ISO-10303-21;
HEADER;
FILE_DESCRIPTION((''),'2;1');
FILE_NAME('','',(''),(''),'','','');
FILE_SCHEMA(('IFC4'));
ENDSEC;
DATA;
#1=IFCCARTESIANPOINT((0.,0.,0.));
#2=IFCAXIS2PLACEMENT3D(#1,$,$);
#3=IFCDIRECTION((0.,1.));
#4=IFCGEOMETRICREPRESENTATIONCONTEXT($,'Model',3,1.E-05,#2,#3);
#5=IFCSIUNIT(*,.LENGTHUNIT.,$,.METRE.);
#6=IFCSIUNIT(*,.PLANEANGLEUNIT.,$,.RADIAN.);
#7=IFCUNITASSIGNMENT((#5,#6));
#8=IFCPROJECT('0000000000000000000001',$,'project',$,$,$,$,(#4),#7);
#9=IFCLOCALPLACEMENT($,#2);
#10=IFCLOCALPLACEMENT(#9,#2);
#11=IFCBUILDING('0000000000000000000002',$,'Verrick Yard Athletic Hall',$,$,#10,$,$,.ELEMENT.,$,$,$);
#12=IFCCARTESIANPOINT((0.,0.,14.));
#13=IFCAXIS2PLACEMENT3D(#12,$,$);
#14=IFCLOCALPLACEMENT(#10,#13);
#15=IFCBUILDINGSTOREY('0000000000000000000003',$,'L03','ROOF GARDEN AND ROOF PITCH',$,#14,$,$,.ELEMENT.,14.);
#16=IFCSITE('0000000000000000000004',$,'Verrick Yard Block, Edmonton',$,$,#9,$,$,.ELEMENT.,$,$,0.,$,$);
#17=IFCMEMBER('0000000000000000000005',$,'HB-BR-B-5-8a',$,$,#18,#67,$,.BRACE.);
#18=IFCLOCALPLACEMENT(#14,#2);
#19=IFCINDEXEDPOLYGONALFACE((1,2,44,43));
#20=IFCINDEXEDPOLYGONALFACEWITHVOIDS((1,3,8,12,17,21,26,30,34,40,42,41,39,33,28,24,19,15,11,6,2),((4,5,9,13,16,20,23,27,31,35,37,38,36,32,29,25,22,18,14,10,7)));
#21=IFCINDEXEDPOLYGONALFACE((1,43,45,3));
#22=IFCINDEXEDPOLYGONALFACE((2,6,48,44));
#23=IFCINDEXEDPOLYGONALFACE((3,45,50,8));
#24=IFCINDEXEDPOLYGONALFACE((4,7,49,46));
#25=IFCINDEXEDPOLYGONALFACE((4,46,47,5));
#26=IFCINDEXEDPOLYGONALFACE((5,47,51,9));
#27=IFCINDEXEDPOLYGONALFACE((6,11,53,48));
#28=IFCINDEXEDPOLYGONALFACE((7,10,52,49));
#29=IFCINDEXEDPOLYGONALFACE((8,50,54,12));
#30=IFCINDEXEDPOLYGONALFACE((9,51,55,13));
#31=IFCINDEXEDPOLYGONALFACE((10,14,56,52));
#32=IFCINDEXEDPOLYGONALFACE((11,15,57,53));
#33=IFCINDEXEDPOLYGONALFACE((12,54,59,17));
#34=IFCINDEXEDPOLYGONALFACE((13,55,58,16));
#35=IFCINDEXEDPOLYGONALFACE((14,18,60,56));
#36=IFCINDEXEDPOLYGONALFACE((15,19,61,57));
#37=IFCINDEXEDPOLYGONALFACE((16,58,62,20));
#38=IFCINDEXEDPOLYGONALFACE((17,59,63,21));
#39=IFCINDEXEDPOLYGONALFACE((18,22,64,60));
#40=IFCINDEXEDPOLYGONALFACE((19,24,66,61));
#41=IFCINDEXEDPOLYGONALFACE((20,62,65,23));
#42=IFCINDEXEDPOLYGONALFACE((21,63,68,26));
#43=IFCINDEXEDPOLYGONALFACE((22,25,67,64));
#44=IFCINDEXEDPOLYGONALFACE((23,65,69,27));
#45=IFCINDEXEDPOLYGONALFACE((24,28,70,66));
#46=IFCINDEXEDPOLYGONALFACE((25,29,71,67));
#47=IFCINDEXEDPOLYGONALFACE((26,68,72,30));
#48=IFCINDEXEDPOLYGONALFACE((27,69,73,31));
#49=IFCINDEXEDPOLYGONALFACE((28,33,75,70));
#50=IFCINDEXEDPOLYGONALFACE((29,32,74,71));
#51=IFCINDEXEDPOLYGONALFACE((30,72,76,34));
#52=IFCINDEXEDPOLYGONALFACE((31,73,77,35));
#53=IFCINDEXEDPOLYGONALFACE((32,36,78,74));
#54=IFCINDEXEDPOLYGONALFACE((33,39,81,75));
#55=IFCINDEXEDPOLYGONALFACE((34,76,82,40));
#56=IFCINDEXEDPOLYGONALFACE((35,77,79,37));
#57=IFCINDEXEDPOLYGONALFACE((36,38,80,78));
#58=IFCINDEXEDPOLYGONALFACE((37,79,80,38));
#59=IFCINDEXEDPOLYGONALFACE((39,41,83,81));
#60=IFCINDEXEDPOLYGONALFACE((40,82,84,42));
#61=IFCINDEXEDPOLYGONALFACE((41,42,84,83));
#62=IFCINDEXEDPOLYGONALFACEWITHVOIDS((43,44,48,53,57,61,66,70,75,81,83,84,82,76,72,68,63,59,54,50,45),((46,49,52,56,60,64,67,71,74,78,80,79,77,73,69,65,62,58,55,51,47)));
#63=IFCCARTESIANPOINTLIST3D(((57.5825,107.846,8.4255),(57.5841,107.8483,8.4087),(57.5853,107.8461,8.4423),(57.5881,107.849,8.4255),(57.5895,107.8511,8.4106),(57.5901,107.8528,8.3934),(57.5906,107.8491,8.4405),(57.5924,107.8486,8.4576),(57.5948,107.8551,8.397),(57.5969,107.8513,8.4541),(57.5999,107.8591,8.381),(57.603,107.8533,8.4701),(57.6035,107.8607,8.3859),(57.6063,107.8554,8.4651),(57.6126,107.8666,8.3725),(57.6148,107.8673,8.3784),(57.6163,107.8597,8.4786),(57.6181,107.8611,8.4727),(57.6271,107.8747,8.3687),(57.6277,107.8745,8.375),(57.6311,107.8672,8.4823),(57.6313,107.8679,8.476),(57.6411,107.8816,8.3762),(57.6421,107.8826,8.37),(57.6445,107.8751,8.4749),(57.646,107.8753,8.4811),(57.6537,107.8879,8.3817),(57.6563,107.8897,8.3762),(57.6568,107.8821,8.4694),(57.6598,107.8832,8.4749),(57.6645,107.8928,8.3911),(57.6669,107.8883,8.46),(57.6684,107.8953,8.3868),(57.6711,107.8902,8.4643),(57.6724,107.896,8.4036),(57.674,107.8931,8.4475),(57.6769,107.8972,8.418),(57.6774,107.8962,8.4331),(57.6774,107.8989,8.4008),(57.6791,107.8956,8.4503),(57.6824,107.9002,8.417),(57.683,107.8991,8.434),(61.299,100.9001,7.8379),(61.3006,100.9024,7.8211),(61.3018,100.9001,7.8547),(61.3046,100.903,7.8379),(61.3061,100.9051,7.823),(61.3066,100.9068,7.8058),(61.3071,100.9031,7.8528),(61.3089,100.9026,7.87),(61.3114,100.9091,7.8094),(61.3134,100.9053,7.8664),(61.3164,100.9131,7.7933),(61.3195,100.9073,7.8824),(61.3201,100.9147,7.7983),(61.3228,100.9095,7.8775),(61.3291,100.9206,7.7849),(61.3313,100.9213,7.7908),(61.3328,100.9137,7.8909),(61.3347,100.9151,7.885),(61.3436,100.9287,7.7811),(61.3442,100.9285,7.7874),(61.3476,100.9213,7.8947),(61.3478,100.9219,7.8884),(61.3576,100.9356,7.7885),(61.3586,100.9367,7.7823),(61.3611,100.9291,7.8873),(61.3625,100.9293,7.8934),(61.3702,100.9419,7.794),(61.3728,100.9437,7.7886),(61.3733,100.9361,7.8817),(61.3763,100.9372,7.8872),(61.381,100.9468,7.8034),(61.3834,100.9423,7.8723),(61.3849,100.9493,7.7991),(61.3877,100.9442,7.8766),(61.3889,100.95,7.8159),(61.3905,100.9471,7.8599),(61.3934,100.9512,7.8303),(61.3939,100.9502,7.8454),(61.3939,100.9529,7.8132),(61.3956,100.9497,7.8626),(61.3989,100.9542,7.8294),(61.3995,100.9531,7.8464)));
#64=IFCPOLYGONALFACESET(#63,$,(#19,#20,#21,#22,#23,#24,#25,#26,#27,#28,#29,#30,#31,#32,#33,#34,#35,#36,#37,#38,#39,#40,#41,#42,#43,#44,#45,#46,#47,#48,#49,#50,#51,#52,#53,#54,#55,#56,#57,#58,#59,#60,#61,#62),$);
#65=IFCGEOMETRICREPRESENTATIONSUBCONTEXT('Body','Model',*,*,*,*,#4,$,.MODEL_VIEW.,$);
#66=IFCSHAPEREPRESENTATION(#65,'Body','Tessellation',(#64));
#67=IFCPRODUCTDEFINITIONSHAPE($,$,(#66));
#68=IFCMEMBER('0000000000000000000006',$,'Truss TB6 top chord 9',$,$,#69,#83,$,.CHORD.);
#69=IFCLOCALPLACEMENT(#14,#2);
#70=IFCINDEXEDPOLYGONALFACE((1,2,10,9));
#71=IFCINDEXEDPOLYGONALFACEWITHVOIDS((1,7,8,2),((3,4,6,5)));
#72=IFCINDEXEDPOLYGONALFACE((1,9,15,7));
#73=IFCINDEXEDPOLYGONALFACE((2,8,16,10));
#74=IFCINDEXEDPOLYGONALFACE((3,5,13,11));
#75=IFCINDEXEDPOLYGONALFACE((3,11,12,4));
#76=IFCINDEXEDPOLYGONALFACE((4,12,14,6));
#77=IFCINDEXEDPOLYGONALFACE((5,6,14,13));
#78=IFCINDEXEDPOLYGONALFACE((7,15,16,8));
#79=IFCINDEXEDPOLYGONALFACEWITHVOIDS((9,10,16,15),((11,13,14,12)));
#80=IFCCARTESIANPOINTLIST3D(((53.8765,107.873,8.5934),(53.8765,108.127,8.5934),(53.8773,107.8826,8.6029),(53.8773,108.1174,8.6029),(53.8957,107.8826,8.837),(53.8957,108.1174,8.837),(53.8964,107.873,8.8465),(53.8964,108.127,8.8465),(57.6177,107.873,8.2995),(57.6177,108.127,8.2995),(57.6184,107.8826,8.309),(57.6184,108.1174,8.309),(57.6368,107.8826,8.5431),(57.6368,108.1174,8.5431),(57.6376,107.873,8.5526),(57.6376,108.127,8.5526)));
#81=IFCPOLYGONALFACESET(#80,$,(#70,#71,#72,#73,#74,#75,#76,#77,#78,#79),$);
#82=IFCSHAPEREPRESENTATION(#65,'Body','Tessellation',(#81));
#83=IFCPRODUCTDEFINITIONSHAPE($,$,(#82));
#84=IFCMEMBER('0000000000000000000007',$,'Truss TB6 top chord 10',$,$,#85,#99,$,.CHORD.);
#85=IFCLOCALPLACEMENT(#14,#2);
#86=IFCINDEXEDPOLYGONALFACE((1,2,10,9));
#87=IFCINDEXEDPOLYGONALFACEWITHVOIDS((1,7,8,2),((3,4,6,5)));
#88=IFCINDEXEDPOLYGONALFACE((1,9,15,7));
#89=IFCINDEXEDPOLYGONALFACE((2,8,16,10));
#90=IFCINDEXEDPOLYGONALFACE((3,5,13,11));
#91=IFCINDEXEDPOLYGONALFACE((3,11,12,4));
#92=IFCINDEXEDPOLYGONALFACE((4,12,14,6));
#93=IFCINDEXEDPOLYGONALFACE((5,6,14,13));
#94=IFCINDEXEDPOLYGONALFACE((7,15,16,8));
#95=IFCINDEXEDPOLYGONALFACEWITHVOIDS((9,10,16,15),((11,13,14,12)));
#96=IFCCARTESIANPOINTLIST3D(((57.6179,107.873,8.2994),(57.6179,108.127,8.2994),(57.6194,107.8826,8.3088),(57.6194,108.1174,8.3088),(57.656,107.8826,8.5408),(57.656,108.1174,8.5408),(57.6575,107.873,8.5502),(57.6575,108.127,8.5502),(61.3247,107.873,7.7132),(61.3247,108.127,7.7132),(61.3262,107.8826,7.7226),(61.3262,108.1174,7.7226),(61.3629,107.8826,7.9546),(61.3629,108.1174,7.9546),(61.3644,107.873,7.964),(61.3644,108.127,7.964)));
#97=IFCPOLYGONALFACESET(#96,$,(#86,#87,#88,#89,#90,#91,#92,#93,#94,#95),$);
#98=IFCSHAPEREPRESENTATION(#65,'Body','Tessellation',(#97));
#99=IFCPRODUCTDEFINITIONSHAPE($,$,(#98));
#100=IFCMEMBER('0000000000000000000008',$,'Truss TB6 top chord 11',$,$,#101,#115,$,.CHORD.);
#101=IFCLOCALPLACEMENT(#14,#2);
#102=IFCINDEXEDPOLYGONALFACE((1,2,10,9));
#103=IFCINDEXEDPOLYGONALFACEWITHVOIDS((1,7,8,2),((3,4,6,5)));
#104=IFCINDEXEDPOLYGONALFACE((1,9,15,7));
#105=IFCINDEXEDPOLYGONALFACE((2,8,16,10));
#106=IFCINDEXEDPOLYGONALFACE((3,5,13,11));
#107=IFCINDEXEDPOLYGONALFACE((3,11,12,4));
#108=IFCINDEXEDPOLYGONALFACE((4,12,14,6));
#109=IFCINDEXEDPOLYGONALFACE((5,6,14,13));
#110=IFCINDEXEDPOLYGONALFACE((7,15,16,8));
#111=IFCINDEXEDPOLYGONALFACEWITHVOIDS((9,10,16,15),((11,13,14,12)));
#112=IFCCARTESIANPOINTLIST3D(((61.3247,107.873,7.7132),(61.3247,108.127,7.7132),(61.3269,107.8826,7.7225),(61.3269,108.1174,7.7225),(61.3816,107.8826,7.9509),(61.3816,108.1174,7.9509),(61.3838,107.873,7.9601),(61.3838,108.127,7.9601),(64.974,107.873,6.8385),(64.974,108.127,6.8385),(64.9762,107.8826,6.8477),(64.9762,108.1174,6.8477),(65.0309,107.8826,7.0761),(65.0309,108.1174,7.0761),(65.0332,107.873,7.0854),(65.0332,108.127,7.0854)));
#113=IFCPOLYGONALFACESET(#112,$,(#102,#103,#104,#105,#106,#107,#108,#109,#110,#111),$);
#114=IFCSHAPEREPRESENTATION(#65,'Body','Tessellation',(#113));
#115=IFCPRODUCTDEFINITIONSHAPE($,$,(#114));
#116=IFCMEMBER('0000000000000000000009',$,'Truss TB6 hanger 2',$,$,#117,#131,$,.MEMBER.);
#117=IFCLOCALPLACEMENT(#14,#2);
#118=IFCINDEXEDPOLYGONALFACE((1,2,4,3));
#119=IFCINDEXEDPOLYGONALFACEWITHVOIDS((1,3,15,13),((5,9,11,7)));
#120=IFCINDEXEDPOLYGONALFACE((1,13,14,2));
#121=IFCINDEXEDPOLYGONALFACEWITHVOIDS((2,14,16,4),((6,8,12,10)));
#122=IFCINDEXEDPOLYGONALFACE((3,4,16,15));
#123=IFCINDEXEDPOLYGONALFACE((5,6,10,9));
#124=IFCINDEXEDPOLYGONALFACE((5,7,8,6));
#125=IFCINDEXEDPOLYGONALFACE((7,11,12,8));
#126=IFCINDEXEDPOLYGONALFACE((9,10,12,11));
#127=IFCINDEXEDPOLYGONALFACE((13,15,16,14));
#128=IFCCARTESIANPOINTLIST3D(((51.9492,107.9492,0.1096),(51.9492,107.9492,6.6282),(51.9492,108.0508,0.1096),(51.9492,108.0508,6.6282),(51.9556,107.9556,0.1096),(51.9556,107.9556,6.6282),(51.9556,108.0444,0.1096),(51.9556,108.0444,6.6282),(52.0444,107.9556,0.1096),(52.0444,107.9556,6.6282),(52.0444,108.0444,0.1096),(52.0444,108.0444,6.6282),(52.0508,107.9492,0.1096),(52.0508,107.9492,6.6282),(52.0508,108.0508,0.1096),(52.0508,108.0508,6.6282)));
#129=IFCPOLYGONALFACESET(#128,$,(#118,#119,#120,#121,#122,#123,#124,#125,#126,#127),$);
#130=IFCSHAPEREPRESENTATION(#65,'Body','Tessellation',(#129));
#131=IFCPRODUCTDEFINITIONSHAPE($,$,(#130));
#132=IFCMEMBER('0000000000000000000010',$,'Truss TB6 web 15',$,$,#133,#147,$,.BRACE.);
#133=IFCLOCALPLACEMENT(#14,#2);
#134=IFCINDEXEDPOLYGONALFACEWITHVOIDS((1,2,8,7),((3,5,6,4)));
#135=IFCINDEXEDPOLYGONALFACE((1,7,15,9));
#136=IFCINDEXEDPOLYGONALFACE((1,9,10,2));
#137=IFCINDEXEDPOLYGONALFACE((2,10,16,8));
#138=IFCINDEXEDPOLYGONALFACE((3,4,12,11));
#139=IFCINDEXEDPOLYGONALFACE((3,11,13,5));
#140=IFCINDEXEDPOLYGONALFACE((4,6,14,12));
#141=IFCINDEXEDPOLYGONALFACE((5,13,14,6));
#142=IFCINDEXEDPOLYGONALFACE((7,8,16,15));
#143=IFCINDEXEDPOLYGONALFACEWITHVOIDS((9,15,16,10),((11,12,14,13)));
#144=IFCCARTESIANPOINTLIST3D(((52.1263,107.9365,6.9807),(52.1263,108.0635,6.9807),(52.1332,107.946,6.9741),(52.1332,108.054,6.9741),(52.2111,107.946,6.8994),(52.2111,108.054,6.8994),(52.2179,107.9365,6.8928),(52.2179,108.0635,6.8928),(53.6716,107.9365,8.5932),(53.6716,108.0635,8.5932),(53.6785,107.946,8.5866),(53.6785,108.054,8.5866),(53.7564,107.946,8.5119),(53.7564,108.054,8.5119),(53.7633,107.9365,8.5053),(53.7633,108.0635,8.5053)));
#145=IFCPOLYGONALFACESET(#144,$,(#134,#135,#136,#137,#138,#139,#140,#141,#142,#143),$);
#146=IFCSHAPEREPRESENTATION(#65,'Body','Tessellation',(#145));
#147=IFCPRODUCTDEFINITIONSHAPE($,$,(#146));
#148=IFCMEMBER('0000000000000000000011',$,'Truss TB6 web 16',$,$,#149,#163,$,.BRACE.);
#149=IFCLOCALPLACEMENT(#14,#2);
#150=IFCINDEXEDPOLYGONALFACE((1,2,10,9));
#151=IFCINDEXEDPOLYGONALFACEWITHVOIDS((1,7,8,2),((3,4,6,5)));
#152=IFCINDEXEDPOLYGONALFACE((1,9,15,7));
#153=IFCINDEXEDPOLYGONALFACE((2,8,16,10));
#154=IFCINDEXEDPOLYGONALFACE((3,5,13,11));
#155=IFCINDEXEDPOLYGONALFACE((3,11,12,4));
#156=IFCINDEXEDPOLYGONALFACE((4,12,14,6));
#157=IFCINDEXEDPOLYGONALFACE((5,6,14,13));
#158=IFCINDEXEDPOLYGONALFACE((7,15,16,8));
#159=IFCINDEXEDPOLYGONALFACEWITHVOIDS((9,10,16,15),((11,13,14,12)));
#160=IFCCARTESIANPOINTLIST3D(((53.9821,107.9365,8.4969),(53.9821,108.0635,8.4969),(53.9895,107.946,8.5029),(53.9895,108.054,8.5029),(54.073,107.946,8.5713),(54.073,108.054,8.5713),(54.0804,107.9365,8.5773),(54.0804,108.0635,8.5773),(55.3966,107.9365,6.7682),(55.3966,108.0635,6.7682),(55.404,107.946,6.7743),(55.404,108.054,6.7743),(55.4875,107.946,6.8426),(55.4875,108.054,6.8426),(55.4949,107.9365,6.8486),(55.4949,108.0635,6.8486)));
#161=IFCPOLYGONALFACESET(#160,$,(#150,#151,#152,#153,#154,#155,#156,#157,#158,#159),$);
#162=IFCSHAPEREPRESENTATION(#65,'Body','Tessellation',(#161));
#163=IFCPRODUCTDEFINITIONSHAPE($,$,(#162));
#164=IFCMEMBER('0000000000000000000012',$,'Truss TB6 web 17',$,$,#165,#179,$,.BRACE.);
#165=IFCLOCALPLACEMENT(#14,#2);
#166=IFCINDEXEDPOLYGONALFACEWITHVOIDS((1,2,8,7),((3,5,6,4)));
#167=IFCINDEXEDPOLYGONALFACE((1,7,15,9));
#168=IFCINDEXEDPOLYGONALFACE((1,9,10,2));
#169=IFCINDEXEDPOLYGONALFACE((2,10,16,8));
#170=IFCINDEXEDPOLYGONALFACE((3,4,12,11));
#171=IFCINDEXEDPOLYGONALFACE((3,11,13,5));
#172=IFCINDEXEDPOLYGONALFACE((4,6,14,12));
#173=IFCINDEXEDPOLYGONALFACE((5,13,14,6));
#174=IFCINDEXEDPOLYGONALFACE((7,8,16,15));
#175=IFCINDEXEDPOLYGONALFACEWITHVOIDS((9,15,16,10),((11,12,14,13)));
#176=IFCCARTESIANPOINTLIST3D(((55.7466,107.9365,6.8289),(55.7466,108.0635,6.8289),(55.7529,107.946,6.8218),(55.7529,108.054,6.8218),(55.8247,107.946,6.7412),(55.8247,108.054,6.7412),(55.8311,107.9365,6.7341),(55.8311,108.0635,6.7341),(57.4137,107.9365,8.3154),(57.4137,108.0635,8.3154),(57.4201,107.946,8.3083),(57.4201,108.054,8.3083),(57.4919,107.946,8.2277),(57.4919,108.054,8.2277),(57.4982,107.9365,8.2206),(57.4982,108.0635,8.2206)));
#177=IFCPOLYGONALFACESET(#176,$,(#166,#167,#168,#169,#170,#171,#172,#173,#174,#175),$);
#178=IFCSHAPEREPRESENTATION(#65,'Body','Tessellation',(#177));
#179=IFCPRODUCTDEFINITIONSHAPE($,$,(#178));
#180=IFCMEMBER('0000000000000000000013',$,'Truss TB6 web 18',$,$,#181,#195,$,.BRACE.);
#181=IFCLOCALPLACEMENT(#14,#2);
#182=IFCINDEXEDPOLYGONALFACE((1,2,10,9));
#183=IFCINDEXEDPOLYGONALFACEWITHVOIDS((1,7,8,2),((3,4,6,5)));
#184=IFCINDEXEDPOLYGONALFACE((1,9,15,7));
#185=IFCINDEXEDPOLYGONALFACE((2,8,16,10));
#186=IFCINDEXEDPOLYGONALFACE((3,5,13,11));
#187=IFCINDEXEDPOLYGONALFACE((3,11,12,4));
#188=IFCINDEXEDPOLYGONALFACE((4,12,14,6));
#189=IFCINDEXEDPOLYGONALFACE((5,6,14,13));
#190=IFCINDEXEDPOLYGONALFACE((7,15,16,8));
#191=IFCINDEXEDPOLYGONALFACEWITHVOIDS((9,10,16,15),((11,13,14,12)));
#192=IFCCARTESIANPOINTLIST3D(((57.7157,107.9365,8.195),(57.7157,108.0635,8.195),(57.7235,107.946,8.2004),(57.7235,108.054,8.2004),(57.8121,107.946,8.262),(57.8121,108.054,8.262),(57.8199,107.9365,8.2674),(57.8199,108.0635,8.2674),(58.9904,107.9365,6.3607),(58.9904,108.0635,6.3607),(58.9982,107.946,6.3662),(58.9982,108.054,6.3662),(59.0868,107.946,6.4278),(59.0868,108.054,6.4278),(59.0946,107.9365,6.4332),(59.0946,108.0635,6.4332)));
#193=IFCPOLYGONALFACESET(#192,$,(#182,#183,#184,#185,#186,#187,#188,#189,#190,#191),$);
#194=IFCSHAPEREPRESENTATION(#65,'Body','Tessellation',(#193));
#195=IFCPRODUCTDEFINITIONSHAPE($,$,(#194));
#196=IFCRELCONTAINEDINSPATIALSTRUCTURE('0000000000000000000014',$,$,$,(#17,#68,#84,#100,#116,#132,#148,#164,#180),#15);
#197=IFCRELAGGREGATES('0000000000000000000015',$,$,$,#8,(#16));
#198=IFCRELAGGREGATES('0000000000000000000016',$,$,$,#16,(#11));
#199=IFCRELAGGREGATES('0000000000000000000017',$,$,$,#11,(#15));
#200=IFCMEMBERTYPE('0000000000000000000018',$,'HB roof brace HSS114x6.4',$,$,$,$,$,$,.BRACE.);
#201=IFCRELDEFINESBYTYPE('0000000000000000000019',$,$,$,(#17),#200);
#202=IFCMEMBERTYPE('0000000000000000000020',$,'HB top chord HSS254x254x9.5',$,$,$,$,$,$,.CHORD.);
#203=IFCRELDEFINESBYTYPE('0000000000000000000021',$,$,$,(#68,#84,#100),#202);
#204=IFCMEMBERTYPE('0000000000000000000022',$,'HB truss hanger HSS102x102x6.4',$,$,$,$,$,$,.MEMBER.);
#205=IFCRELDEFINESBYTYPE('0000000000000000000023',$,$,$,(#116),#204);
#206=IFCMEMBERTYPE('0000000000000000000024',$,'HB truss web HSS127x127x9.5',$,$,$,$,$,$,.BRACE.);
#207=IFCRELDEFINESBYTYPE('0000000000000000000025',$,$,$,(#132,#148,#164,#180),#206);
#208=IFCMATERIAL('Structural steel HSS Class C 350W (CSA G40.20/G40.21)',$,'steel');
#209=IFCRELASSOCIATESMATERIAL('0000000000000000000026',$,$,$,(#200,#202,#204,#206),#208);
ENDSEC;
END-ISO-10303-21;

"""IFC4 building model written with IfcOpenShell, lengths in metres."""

from ifc_helpers import new_model, si_unit, direction, frame, origin, origin_2d, place, context, subcontext, project, spatial, hollow_rectangle, hollow_circle, extrude, material, material_profile, profile_set, type_object, element, save


model = new_model("IFC4")

# Units and contexts
model_context = context("Model", 3, precision=1e-05, world=origin(), true_north=direction((0.0, 1.0)))
body_context = subcontext(model_context, "Body", "Model", "MODEL_VIEW")
ifc_project = project(units=[si_unit("LENGTHUNIT", "METRE"), si_unit("PLANEANGLEUNIT", "RADIAN")], contexts=[model_context])

# Site, building, storey
site_placement = place(None, origin())
site = spatial("IfcSite", under=ifc_project, at=site_placement, Name="Verrick Yard Block, Edmonton", CompositionType="ELEMENT", RefElevation=0.0)
building_placement = place(site_placement, origin())
building = spatial("IfcBuilding", under=site, at=building_placement, Name="Verrick Yard Athletic Hall", CompositionType="ELEMENT")
storey_placement = place(building_placement, frame((0.0, 0.0, 14.0)))
storey = spatial("IfcBuildingStorey", under=building, at=storey_placement, Name="L03", Description="ROOF GARDEN AND ROOF PITCH", CompositionType="ELEMENT", Elevation=14.0)

# Members
ifc_material_1 = material(Name="Structural steel HSS Class C 350W (CSA G40.20/G40.21)", Category="steel")
ifc_material_profile_1 = material_profile(ifc_material_1, hollow_circle(Radius=0.0571, WallThickness=0.0063, at=origin_2d()), Name="HSS114x6.4")
ifc_profile_set_1 = profile_set([ifc_material_profile_1], Name="Structural steel HSS Class C 350W (CSA G40.20/G40.21)")
member_type_1 = type_object("IfcMemberType", Name="HB roof brace HSS114x6.4", PredefinedType="BRACE", material=ifc_profile_set_1)
member_1_placement = place(storey_placement, frame((61.3494, 100.927, 7.8379), z_axis=(-0.470466, 0.879277, 0.074388), x_axis=(-0.88172, -0.471773, 0.0)))
element("IfcMember", 1, at=member_1_placement, inside=storey, type_object=member_type_1, Name="HB-BR-B-5-8a", PredefinedType="BRACE", context=body_context, shape_type="SweptSolid", body=[
    extrude(hollow_circle(Radius=0.0571, WallThickness=0.0063, at=origin_2d()), origin(), (0.0, 0.0, 1.0), 7.8997),
])
ifc_material_profile_2 = material_profile(ifc_material_1, hollow_rectangle(XDim=0.2539, YDim=0.2539, WallThickness=0.0095, at=origin_2d()), Name="HSS254x254x9.5")
ifc_profile_set_2 = profile_set([ifc_material_profile_2], Name="Structural steel HSS Class C 350W (CSA G40.20/G40.21)")
member_type_2 = type_object("IfcMemberType", Name="HB top chord HSS254x254x9.5", PredefinedType="CHORD", material=ifc_profile_set_2)
member_2_placement = place(storey_placement, frame((53.8865, 108.0, 8.72), z_axis=(0.996928, 0.0, -0.078328), x_axis=(0.0, 1.0, 0.0)))
element("IfcMember", 2, at=member_2_placement, inside=storey, type_object=member_type_2, Name="Truss TB6 top chord 9", PredefinedType="CHORD", context=body_context, shape_type="SweptSolid", body=[
    extrude(hollow_rectangle(XDim=0.2539, YDim=0.2539, WallThickness=0.0095, at=origin_2d()), origin(), (0.0, 0.0, 1.0), 3.7527),
])
member_3_placement = place(storey_placement, frame((57.6377, 108.0, 8.4248), z_axis=(0.987726, 0.0, -0.156196), x_axis=(0.0, 1.0, 0.0)))
element("IfcMember", 3, at=member_3_placement, inside=storey, type_object=member_type_2, Name="Truss TB6 top chord 10", PredefinedType="CHORD", context=body_context, shape_type="SweptSolid", body=[
    extrude(hollow_rectangle(XDim=0.2539, YDim=0.2539, WallThickness=0.0095, at=origin_2d()), origin(), (0.0, 0.0, 1.0), 3.7529),
])
member_4_placement = place(storey_placement, frame((61.3542, 108.0, 7.8367), z_axis=(0.972454, 0.0, -0.233095), x_axis=(0.0, 1.0, 0.0)))
element("IfcMember", 4, at=member_4_placement, inside=storey, type_object=member_type_2, Name="Truss TB6 top chord 11", PredefinedType="CHORD", context=body_context, shape_type="SweptSolid", body=[
    extrude(hollow_rectangle(XDim=0.2539, YDim=0.2539, WallThickness=0.0095, at=origin_2d()), origin(), (0.0, 0.0, 1.0), 3.7527),
])
ifc_material_profile_3 = material_profile(ifc_material_1, hollow_rectangle(XDim=0.1016, YDim=0.1016, WallThickness=0.0063, at=origin_2d()), Name="HSS102x102x6.4")
ifc_profile_set_3 = profile_set([ifc_material_profile_3], Name="Structural steel HSS Class C 350W (CSA G40.20/G40.21)")
member_type_3 = type_object("IfcMemberType", Name="HB truss hanger HSS102x102x6.4", PredefinedType="MEMBER", material=ifc_profile_set_3)
member_5_placement = place(storey_placement, frame((52.0, 108.0, 6.6282), z_axis=(0.0, 0.0, -1.0), x_axis=(0.0, -1.0, 0.0)))
element("IfcMember", 5, at=member_5_placement, inside=storey, type_object=member_type_3, Name="Truss TB6 hanger 2", PredefinedType="MEMBER", context=body_context, shape_type="SweptSolid", body=[
    extrude(hollow_rectangle(XDim=0.1016, YDim=0.1016, WallThickness=0.0063, at=origin_2d()), origin(), (0.0, 0.0, 1.0), 6.5186),
])
ifc_material_profile_4 = material_profile(ifc_material_1, hollow_rectangle(XDim=0.127, YDim=0.127, WallThickness=0.0095, at=origin_2d()), Name="HSS127x127x9.5")
ifc_profile_set_4 = profile_set([ifc_material_profile_4], Name="Structural steel HSS Class C 350W (CSA G40.20/G40.21)")
member_type_4 = type_object("IfcMemberType", Name="HB truss web HSS127x127x9.5", PredefinedType="BRACE", material=ifc_profile_set_4)
member_6_placement = place(storey_placement, frame((52.1721, 108.0, 6.9368), z_axis=(0.691917, 0.0, 0.721977), x_axis=(0.0, 1.0, 0.0)))
element("IfcMember", 6, at=member_6_placement, inside=storey, type_object=member_type_4, Name="Truss TB6 web 15", PredefinedType="BRACE", context=body_context, shape_type="SweptSolid", body=[
    extrude(hollow_rectangle(XDim=0.127, YDim=0.127, WallThickness=0.0095, at=origin_2d()), origin(), (0.0, 0.0, 1.0), 2.2334),
])
for number, where, z_axis, x_axis, name in (
    (7, (54.0312, 108.0, 8.5371), (0.633268, 0.0, -0.773933), (0.0, 1.0, 0.0), "Truss TB6 web 16"),
    (8, (55.7888, 108.0, 6.7815), (0.746389, 0.0, 0.66551), (0.0, 1.0, 0.0), "Truss TB6 web 17"),
    (9, (57.7678, 108.0, 8.2312), (0.570664, 0.0, -0.821184), (0.0, 1.0, 0.0), "Truss TB6 web 18"),
):
    element("IfcMember", number, at=place(storey_placement, frame(where, z_axis=z_axis, x_axis=x_axis)), inside=storey, type_object=member_type_4, Name=name, PredefinedType="BRACE", context=body_context, shape_type="SweptSolid", body=[
        extrude(hollow_rectangle(XDim=0.127, YDim=0.127, WallThickness=0.0095, at=origin_2d()), origin(), (0.0, 0.0, 1.0), 2.2336),
    ])

save(model, "model.ifc")
